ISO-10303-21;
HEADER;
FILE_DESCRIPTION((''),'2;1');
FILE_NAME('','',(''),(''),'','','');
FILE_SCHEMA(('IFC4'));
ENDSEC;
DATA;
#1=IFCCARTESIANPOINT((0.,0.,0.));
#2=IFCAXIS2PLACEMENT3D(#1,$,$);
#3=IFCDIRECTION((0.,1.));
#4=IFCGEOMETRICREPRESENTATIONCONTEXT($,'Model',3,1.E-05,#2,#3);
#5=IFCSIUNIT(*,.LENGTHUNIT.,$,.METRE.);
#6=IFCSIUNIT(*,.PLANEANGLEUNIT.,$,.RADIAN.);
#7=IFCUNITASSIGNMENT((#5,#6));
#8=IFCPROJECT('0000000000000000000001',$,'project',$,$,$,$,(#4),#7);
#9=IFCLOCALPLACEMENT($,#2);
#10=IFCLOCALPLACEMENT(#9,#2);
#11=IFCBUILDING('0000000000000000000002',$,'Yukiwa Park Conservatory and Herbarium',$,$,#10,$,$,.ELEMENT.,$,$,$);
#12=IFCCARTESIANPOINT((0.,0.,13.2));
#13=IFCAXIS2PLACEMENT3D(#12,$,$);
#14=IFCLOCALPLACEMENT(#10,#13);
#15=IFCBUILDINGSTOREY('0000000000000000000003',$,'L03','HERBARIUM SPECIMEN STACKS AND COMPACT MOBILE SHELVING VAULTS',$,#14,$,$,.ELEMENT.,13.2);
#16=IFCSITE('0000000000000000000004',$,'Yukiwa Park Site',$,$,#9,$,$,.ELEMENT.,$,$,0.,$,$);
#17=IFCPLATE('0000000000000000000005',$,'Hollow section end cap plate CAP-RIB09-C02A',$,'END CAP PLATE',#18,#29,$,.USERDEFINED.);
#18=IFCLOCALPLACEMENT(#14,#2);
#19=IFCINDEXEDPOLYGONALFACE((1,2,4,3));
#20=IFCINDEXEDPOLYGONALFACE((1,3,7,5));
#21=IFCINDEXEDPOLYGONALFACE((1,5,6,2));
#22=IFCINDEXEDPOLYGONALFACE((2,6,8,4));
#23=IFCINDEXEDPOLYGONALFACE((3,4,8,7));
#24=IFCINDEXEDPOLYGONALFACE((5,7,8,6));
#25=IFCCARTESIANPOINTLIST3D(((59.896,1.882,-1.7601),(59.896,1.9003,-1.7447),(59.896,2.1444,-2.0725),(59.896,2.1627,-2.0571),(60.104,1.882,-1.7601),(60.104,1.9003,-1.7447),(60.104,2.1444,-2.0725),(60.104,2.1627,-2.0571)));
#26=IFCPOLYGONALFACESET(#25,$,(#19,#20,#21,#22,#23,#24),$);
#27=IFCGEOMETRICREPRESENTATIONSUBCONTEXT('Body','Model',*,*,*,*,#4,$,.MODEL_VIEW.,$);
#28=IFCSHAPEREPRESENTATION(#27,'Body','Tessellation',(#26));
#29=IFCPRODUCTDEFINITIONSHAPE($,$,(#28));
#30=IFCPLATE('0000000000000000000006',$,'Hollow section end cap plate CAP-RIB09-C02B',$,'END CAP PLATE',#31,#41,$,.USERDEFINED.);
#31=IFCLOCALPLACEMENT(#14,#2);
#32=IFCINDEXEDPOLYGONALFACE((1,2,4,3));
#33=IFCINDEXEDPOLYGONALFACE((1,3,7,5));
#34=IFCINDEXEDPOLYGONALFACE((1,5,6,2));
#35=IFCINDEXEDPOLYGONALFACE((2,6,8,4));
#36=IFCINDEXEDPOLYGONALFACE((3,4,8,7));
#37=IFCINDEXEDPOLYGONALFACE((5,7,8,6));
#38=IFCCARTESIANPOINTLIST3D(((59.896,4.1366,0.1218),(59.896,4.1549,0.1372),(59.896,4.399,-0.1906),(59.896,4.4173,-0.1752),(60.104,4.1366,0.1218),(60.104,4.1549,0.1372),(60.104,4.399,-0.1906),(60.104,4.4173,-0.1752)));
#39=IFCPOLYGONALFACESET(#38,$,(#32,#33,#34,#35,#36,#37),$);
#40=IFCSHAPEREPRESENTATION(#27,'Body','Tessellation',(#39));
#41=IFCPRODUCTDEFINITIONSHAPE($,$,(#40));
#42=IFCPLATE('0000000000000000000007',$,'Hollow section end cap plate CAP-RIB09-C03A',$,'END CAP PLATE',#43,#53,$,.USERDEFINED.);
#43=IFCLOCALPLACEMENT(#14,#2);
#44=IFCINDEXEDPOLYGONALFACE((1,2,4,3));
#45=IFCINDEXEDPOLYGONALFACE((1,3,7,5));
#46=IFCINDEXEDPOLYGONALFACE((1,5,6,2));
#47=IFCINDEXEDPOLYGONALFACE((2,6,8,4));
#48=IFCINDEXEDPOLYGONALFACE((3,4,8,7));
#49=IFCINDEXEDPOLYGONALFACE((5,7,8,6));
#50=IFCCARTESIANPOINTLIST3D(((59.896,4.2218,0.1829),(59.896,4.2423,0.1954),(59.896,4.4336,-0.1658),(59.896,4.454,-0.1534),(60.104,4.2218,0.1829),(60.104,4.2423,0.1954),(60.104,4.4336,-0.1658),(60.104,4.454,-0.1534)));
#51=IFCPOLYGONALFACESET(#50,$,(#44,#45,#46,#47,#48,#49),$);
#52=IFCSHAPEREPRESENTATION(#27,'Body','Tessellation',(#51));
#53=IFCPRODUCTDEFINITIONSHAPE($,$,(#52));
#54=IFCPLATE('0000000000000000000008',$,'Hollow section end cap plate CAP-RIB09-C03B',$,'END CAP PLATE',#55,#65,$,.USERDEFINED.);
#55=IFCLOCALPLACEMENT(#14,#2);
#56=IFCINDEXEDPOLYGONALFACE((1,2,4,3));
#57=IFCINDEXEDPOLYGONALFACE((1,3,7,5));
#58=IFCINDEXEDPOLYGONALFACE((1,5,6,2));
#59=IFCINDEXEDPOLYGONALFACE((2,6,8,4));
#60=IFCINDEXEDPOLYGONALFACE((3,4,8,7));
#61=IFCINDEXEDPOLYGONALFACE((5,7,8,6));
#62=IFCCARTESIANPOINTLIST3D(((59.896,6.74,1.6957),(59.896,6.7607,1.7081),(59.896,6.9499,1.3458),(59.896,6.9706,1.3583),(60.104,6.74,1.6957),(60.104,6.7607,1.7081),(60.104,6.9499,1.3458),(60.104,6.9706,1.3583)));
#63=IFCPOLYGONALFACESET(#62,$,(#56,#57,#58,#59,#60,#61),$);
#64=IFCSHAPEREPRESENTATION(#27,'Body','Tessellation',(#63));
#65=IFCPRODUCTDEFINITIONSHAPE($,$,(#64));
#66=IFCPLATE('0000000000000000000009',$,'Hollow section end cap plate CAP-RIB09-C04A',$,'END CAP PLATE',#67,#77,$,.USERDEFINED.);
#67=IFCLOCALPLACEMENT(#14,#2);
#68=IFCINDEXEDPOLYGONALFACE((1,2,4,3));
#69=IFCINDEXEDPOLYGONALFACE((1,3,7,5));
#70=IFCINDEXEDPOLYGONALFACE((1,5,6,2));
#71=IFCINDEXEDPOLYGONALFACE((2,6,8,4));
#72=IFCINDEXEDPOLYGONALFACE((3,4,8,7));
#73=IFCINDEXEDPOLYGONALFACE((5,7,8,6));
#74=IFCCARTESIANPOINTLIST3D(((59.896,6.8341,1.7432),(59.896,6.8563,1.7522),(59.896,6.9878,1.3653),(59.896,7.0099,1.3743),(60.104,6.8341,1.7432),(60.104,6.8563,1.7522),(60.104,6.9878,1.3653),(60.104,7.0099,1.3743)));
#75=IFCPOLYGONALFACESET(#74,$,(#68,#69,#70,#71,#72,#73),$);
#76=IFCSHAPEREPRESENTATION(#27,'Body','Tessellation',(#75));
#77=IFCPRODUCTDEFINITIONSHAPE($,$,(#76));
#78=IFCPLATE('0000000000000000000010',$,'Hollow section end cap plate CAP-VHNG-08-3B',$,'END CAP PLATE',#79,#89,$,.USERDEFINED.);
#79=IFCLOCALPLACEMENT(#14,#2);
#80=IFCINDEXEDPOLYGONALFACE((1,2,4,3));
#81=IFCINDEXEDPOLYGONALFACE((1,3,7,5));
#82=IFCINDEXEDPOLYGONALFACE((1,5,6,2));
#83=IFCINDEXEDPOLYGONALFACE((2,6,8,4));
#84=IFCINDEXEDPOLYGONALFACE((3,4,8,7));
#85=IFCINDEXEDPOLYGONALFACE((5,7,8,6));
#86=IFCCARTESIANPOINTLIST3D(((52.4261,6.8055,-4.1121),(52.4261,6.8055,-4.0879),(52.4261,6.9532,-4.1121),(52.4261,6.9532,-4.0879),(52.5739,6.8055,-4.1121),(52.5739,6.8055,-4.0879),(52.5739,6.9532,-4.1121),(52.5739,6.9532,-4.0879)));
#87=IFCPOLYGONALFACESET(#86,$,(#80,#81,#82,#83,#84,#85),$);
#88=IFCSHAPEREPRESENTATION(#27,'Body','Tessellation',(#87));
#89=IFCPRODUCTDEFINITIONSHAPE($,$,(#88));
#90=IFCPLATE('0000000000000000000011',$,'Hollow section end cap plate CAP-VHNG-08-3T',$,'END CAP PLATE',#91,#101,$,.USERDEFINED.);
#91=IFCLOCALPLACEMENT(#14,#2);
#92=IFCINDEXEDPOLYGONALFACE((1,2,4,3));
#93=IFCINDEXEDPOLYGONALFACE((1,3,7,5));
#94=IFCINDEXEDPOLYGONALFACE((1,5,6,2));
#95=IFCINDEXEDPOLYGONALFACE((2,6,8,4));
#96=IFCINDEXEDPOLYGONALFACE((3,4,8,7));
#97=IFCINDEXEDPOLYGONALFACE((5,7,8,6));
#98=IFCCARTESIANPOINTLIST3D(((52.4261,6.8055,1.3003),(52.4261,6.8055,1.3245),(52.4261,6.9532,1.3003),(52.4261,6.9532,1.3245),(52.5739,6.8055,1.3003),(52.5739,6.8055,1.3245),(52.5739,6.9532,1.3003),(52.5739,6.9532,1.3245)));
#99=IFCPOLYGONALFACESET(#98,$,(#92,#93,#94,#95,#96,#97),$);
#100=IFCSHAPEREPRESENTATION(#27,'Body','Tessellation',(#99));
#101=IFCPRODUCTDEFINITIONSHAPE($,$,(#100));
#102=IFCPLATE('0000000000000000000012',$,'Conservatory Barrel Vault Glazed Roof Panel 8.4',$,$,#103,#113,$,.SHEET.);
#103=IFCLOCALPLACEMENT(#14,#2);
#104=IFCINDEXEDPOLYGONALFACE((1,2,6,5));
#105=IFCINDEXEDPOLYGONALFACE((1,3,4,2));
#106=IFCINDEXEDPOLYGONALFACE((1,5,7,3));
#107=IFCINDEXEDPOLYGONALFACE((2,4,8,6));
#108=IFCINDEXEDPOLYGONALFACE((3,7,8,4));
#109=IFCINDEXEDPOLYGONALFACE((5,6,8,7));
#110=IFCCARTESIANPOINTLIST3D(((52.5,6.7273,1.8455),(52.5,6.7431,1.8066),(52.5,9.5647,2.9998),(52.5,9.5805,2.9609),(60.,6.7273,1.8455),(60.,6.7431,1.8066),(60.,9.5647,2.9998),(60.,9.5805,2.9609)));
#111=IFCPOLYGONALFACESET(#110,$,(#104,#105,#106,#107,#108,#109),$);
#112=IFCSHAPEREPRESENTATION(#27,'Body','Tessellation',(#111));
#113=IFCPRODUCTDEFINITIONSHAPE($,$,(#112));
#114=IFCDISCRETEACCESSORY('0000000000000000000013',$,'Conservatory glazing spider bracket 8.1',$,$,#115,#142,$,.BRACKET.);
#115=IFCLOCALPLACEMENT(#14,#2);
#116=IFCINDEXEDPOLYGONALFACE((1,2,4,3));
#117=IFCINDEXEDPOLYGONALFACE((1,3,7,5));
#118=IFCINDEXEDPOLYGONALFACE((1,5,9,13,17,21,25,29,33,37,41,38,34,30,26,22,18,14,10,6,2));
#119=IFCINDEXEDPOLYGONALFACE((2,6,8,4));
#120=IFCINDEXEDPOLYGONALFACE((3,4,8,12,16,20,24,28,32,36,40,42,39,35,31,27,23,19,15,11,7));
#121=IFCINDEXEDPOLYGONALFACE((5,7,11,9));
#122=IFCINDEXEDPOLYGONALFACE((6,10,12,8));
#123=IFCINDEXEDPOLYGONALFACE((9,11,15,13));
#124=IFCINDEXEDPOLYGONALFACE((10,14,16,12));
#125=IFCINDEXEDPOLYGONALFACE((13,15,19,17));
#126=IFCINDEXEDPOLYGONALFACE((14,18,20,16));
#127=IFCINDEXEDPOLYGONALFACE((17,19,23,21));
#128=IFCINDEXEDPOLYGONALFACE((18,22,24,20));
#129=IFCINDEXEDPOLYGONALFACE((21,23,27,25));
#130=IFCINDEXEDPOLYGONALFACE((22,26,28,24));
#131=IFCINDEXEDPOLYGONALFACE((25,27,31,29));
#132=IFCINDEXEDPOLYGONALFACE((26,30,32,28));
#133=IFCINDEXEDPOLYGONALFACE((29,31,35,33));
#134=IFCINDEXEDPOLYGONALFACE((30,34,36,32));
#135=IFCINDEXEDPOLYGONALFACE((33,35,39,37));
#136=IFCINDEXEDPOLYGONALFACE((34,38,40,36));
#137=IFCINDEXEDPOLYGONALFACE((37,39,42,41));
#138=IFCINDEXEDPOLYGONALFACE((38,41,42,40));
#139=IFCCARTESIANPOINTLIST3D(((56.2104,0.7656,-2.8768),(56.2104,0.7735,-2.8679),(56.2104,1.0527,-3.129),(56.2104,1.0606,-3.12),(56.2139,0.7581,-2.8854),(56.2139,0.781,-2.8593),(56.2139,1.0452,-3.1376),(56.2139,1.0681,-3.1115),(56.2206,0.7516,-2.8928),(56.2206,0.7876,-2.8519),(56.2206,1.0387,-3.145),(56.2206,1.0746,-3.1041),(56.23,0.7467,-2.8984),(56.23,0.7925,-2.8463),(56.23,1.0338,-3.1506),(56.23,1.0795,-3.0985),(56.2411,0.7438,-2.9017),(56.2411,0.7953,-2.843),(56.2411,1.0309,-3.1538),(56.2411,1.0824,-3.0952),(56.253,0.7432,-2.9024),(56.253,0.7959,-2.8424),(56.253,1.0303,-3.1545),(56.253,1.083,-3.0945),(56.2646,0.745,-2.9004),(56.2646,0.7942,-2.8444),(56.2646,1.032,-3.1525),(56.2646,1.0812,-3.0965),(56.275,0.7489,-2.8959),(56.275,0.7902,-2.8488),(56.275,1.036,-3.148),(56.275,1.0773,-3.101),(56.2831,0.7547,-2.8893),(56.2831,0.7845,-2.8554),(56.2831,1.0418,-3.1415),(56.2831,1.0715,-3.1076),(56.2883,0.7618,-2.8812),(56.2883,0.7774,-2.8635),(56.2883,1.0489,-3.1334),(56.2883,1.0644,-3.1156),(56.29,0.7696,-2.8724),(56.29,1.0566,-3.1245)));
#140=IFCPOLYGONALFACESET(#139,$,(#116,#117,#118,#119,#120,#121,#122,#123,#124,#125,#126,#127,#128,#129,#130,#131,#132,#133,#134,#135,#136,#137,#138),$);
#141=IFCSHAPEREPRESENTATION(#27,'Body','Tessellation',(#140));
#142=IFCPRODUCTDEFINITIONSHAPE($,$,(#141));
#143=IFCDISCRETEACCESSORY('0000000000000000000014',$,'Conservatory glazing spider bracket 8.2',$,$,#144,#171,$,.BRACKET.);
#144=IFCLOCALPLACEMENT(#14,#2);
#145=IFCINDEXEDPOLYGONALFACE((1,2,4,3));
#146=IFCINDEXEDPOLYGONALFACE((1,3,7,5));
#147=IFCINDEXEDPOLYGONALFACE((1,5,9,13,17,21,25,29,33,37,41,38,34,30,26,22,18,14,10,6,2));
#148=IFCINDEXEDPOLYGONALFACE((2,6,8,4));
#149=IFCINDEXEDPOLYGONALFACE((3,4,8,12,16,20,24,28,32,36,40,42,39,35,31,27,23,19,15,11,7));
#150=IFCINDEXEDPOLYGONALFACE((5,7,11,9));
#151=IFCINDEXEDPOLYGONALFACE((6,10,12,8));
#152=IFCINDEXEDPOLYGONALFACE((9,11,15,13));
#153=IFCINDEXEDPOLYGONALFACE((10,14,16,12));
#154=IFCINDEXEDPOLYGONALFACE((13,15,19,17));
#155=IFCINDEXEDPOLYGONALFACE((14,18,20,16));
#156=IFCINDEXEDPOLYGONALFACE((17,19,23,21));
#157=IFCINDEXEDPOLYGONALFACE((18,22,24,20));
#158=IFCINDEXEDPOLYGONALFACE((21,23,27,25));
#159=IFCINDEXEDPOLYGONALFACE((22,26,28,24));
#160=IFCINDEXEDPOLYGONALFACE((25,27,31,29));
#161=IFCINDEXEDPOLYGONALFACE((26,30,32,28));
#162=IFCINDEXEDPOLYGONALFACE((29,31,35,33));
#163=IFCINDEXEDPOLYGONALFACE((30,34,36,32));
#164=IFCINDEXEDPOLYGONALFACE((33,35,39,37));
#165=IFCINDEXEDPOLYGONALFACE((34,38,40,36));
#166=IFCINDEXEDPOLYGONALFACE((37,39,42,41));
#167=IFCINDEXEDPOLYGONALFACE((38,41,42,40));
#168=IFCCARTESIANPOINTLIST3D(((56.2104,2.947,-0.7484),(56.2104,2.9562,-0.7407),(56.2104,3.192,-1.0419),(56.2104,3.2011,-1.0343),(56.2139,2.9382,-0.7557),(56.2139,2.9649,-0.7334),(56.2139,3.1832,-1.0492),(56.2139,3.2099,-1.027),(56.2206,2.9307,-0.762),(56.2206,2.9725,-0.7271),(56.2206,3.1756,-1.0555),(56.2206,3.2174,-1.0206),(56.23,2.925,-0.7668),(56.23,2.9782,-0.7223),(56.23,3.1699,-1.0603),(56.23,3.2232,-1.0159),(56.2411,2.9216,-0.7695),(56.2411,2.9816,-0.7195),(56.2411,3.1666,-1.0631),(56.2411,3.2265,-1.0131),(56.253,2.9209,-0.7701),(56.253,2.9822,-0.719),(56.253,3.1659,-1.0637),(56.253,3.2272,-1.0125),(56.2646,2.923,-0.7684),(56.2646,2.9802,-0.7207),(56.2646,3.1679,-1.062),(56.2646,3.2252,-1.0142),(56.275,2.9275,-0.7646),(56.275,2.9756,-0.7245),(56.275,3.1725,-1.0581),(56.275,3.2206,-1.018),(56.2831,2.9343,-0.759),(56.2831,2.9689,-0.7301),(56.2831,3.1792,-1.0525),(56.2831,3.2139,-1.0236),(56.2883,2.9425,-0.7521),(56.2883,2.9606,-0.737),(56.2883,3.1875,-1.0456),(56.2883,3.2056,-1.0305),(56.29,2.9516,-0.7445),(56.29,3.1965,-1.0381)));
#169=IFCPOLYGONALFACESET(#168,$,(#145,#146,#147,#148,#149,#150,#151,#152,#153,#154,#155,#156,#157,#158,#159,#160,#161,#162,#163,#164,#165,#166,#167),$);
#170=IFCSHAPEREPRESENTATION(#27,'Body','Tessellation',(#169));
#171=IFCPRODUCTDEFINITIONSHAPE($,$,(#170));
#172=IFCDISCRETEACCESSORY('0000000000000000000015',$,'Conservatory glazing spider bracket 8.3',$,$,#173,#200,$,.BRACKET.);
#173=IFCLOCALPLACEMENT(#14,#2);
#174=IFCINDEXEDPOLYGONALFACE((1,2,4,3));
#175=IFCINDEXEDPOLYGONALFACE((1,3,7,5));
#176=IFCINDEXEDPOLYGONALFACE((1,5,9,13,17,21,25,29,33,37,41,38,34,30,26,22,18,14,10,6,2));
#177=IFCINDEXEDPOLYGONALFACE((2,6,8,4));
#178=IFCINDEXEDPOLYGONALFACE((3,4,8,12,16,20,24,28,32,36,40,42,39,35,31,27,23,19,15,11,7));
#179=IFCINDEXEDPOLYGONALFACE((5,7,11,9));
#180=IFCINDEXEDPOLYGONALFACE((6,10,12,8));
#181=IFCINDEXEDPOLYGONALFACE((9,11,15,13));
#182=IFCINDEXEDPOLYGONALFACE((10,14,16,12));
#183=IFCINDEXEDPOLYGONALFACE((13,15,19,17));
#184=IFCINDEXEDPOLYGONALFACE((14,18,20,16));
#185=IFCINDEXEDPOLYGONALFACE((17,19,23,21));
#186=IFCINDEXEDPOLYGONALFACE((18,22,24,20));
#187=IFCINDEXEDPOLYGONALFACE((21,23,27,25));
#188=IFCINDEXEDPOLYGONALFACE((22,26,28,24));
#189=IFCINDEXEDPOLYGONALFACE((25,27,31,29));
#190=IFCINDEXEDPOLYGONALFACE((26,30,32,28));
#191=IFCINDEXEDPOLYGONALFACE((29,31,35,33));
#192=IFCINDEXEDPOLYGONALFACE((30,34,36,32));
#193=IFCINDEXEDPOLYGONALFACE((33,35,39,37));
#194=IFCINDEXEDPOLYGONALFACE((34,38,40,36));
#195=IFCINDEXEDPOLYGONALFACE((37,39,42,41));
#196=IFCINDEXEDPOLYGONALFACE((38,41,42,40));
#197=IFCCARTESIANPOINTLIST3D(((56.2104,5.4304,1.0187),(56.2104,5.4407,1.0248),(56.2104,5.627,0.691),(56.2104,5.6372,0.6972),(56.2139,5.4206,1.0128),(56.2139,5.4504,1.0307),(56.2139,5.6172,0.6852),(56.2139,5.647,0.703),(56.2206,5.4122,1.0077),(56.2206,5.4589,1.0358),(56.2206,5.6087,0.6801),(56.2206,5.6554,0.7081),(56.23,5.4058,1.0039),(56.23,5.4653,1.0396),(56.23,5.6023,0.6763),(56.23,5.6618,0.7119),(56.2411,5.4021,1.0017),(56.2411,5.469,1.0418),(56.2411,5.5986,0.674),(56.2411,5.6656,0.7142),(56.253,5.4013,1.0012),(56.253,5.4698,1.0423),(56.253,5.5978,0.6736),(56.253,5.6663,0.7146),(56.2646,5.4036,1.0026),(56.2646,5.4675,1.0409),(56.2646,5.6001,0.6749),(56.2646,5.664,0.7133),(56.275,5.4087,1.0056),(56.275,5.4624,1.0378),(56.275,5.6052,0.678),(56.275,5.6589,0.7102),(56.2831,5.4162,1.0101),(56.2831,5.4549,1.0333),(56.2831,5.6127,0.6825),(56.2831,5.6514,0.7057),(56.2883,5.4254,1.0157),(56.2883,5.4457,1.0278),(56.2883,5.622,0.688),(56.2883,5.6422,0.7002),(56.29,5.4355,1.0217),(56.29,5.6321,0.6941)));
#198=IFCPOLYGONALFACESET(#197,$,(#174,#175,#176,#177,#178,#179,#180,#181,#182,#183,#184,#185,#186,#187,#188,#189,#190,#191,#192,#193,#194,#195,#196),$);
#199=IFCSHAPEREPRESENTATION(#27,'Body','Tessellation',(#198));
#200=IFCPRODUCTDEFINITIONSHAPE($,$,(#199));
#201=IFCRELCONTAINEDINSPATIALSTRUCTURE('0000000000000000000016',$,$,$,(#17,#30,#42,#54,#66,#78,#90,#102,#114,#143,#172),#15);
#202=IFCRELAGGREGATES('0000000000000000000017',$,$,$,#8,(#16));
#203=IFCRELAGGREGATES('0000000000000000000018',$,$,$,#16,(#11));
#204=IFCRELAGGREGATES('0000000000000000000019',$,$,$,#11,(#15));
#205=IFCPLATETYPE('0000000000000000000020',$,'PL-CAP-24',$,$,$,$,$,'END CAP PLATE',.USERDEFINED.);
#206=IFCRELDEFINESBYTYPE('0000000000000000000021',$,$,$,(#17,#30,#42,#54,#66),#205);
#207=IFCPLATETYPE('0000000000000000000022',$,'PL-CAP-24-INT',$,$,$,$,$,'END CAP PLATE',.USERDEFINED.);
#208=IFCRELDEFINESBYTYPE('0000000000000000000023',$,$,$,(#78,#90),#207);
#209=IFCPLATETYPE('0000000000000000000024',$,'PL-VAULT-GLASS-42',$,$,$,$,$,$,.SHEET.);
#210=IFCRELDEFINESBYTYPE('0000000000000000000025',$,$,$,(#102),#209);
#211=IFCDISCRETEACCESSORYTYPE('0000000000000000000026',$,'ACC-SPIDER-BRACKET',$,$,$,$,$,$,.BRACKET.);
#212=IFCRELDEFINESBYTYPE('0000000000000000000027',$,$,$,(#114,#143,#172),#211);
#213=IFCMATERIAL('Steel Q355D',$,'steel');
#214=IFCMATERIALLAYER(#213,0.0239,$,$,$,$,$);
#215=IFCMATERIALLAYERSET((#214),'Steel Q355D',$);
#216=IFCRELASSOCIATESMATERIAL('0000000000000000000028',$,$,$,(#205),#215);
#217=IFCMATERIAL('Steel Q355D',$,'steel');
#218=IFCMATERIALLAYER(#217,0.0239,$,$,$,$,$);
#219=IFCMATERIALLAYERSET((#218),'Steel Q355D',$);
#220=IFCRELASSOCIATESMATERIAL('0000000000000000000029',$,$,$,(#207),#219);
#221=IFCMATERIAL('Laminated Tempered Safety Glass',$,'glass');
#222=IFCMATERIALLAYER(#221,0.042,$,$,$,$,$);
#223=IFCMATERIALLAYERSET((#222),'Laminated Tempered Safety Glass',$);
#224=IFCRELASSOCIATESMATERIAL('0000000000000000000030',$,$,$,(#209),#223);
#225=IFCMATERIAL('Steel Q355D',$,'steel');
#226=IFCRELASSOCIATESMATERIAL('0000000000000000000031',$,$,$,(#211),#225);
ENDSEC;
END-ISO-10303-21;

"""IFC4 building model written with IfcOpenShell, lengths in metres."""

from ifc_helpers import new_model, si_unit, direction, frame, origin, origin_2d, place, context, subcontext, project, spatial, polyline, rectangle, circle, outline, extrude, material, layer, layer_set, type_object, element, save


model = new_model("IFC4")

# Units and contexts
model_context = context("Model", 3, precision=1e-05, world=origin(), true_north=direction((0.0, 1.0)))
body_context = subcontext(model_context, "Body", "Model", "MODEL_VIEW")
ifc_project = project(units=[si_unit("LENGTHUNIT", "METRE"), si_unit("PLANEANGLEUNIT", "RADIAN")], contexts=[model_context])

# Site, building, storey
site_placement = place(None, origin())
site = spatial("IfcSite", under=ifc_project, at=site_placement, Name="Yukiwa Park Site", CompositionType="ELEMENT", RefElevation=0.0)
building_placement = place(site_placement, origin())
building = spatial("IfcBuilding", under=site, at=building_placement, Name="Yukiwa Park Conservatory and Herbarium", CompositionType="ELEMENT")
storey_placement = place(building_placement, frame((0.0, 0.0, 13.2)))
storey = spatial("IfcBuildingStorey", under=building, at=storey_placement, Name="L03", Description="HERBARIUM SPECIMEN STACKS AND COMPACT MOBILE SHELVING VAULTS", CompositionType="ELEMENT", Elevation=13.2)

# Plates
ifc_material_1 = material(Name="Steel Q355D", Category="steel")
ifc_layer_1 = layer(ifc_material_1, 0.0239)
ifc_layer_set_1 = layer_set([ifc_layer_1], Name="Steel Q355D")
plate_type_1 = type_object("IfcPlateType", Name="PL-CAP-24", ElementType="END CAP PLATE", PredefinedType="USERDEFINED", material=ifc_layer_set_1)
for number, where, z_axis, x_axis, name in (
    (1, (60.0, 2.0315, -1.9009), (0.0, -0.765705, -0.643192), (1.0, 0.0, 0.0), "Hollow section end cap plate CAP-RIB09-C02A"),
    (2, (60.0, 4.2678, -0.0344), (0.0, 0.765705, 0.643192), (-1.0, 0.0, 0.0), "Hollow section end cap plate CAP-RIB09-C02B"),
    (3, (60.0, 4.3481, 0.021), (0.0, -0.854788, -0.518978), (1.0, 0.0, 0.0), "Hollow section end cap plate CAP-RIB09-C03A"),
):
    element("IfcPlate", number, at=place(storey_placement, frame(where, z_axis=z_axis, x_axis=x_axis)), inside=storey, type_object=plate_type_1, Name=name, ObjectType="END CAP PLATE", PredefinedType="USERDEFINED", context=body_context, shape_type="SweptSolid", body=[
        extrude(rectangle(XDim=0.208, YDim=0.408, at=origin_2d()), origin(), (0.0, 0.0, 1.0), 0.0239),
    ])
plate_1_placement = place(storey_placement, frame((60.0, 6.845, 1.5208), z_axis=(0.0, 0.857493, 0.514496), x_axis=(-1.0, 0.0, 0.0)))
element("IfcPlate", 4, at=plate_1_placement, inside=storey, type_object=plate_type_1, Name="Hollow section end cap plate CAP-RIB09-C03B", ObjectType="END CAP PLATE", PredefinedType="USERDEFINED", context=body_context, shape_type="SweptSolid", body=[
    extrude(rectangle(XDim=0.208, YDim=0.408, at=origin_2d()), origin(), (0.0, 0.0, 1.0), 0.0242),
])
plate_2_placement = place(storey_placement, frame((60.0, 6.9331, 1.5632), z_axis=(0.0, -0.926356, -0.37665), x_axis=(1.0, 0.0, 0.0)))
element("IfcPlate", 5, at=plate_2_placement, inside=storey, type_object=plate_type_1, Name="Hollow section end cap plate CAP-RIB09-C04A", ObjectType="END CAP PLATE", PredefinedType="USERDEFINED", context=body_context, shape_type="SweptSolid", body=[
    extrude(rectangle(XDim=0.208, YDim=0.408, at=origin_2d()), origin(), (0.0, 0.0, 1.0), 0.0239),
])
ifc_material_2 = material(Name="Steel Q355D", Category="steel")
ifc_layer_2 = layer(ifc_material_2, 0.0239)
ifc_layer_set_2 = layer_set([ifc_layer_2], Name="Steel Q355D")
plate_type_2 = type_object("IfcPlateType", Name="PL-CAP-24-INT", ElementType="END CAP PLATE", PredefinedType="USERDEFINED", material=ifc_layer_set_2)
for number, where, z_axis, x_axis, name in (
    (6, (52.5, 6.8794, -4.0879), (0.0, 0.0, -1.0), (1.0, 0.0, 0.0), "Hollow section end cap plate CAP-VHNG-08-3B"),
    (7, (52.5, 6.8794, 1.3003), (0.0, 0.0, 1.0), (1.0, 0.0, 0.0), "Hollow section end cap plate CAP-VHNG-08-3T"),
):
    element("IfcPlate", number, at=place(storey_placement, frame(where, z_axis=z_axis, x_axis=x_axis)), inside=storey, type_object=plate_type_2, Name=name, ObjectType="END CAP PLATE", PredefinedType="USERDEFINED", context=body_context, shape_type="SweptSolid", body=[
        extrude(rectangle(XDim=0.1477, YDim=0.1477, at=origin_2d()), origin(), (0.0, 0.0, 1.0), 0.0242),
    ])
ifc_material_3 = material(Name="Laminated Tempered Safety Glass", Category="glass")
ifc_layer_3 = layer(ifc_material_3, 0.042)
ifc_layer_set_3 = layer_set([ifc_layer_3], Name="Laminated Tempered Safety Glass")
plate_type_3 = type_object("IfcPlateType", Name="PL-VAULT-GLASS-42", PredefinedType="SHEET", material=ifc_layer_set_3)
plate_3_placement = place(storey_placement, frame((52.5, 6.7273, 1.8455), z_axis=(0.0, -0.376826, 0.926284), x_axis=(1.0, 0.0, 0.0)))
element("IfcPlate", 8, at=plate_3_placement, inside=storey, type_object=plate_type_3, Name="Conservatory Barrel Vault Glazed Roof Panel 8.4", PredefinedType="SHEET", context=body_context, shape_type="SweptSolid", body=[
    extrude(outline(polyline([(0.0, 0.0), (7.5, 0.0), (7.5, 3.0632), (0.0, 3.0632), (0.0, 0.0)])), origin(), (0.0, 0.0, -1.0), 0.042),
])

# Discrete accessories
ifc_material_4 = material(Name="Steel Q355D", Category="steel")
discrete_accessory_type = type_object("IfcDiscreteAccessoryType", Name="ACC-SPIDER-BRACKET", PredefinedType="BRACKET", material=ifc_material_4)
discrete_accessory_1_placement = place(storey_placement, frame((56.25, 1.0566, -3.1245), z_axis=(0.0, -0.751309, 0.659951), x_axis=(1.0, 0.0, 0.0)))
element("IfcDiscreteAccessory", 9, at=discrete_accessory_1_placement, inside=storey, type_object=discrete_accessory_type, Name="Conservatory glazing spider bracket 8.1", PredefinedType="BRACKET", context=body_context, shape_type="SweptSolid", body=[
    extrude(circle(Radius=0.04, at=origin_2d()), origin(), (0.0, 0.0, 1.0), 0.3821),
])
discrete_accessory_2_placement = place(storey_placement, frame((56.25, 3.1965, -1.0381), z_axis=(0.0, -0.640687, 0.767802), x_axis=(1.0, 0.0, 0.0)))
element("IfcDiscreteAccessory", 10, at=discrete_accessory_2_placement, inside=storey, type_object=discrete_accessory_type, Name="Conservatory glazing spider bracket 8.2", PredefinedType="BRACKET", context=body_context, shape_type="SweptSolid", body=[
    extrude(circle(Radius=0.04, at=origin_2d()), origin(), (0.0, 0.0, 1.0), 0.3823),
])
for number, where, z_axis, x_axis, name in (
    (11, (56.25, 5.6321, 0.6941), (0.0, -0.514402, 0.857549), (1.0, 0.0, 0.0), "Conservatory glazing spider bracket 8.3"),
):
    element("IfcDiscreteAccessory", number, at=place(storey_placement, frame(where, z_axis=z_axis, x_axis=x_axis)), inside=storey, type_object=discrete_accessory_type, Name=name, PredefinedType="BRACKET", context=body_context, shape_type="SweptSolid", body=[
        extrude(circle(Radius=0.04, at=origin_2d()), origin(), (0.0, 0.0, 1.0), 0.3821),
    ])

save(model, "model.ifc")
